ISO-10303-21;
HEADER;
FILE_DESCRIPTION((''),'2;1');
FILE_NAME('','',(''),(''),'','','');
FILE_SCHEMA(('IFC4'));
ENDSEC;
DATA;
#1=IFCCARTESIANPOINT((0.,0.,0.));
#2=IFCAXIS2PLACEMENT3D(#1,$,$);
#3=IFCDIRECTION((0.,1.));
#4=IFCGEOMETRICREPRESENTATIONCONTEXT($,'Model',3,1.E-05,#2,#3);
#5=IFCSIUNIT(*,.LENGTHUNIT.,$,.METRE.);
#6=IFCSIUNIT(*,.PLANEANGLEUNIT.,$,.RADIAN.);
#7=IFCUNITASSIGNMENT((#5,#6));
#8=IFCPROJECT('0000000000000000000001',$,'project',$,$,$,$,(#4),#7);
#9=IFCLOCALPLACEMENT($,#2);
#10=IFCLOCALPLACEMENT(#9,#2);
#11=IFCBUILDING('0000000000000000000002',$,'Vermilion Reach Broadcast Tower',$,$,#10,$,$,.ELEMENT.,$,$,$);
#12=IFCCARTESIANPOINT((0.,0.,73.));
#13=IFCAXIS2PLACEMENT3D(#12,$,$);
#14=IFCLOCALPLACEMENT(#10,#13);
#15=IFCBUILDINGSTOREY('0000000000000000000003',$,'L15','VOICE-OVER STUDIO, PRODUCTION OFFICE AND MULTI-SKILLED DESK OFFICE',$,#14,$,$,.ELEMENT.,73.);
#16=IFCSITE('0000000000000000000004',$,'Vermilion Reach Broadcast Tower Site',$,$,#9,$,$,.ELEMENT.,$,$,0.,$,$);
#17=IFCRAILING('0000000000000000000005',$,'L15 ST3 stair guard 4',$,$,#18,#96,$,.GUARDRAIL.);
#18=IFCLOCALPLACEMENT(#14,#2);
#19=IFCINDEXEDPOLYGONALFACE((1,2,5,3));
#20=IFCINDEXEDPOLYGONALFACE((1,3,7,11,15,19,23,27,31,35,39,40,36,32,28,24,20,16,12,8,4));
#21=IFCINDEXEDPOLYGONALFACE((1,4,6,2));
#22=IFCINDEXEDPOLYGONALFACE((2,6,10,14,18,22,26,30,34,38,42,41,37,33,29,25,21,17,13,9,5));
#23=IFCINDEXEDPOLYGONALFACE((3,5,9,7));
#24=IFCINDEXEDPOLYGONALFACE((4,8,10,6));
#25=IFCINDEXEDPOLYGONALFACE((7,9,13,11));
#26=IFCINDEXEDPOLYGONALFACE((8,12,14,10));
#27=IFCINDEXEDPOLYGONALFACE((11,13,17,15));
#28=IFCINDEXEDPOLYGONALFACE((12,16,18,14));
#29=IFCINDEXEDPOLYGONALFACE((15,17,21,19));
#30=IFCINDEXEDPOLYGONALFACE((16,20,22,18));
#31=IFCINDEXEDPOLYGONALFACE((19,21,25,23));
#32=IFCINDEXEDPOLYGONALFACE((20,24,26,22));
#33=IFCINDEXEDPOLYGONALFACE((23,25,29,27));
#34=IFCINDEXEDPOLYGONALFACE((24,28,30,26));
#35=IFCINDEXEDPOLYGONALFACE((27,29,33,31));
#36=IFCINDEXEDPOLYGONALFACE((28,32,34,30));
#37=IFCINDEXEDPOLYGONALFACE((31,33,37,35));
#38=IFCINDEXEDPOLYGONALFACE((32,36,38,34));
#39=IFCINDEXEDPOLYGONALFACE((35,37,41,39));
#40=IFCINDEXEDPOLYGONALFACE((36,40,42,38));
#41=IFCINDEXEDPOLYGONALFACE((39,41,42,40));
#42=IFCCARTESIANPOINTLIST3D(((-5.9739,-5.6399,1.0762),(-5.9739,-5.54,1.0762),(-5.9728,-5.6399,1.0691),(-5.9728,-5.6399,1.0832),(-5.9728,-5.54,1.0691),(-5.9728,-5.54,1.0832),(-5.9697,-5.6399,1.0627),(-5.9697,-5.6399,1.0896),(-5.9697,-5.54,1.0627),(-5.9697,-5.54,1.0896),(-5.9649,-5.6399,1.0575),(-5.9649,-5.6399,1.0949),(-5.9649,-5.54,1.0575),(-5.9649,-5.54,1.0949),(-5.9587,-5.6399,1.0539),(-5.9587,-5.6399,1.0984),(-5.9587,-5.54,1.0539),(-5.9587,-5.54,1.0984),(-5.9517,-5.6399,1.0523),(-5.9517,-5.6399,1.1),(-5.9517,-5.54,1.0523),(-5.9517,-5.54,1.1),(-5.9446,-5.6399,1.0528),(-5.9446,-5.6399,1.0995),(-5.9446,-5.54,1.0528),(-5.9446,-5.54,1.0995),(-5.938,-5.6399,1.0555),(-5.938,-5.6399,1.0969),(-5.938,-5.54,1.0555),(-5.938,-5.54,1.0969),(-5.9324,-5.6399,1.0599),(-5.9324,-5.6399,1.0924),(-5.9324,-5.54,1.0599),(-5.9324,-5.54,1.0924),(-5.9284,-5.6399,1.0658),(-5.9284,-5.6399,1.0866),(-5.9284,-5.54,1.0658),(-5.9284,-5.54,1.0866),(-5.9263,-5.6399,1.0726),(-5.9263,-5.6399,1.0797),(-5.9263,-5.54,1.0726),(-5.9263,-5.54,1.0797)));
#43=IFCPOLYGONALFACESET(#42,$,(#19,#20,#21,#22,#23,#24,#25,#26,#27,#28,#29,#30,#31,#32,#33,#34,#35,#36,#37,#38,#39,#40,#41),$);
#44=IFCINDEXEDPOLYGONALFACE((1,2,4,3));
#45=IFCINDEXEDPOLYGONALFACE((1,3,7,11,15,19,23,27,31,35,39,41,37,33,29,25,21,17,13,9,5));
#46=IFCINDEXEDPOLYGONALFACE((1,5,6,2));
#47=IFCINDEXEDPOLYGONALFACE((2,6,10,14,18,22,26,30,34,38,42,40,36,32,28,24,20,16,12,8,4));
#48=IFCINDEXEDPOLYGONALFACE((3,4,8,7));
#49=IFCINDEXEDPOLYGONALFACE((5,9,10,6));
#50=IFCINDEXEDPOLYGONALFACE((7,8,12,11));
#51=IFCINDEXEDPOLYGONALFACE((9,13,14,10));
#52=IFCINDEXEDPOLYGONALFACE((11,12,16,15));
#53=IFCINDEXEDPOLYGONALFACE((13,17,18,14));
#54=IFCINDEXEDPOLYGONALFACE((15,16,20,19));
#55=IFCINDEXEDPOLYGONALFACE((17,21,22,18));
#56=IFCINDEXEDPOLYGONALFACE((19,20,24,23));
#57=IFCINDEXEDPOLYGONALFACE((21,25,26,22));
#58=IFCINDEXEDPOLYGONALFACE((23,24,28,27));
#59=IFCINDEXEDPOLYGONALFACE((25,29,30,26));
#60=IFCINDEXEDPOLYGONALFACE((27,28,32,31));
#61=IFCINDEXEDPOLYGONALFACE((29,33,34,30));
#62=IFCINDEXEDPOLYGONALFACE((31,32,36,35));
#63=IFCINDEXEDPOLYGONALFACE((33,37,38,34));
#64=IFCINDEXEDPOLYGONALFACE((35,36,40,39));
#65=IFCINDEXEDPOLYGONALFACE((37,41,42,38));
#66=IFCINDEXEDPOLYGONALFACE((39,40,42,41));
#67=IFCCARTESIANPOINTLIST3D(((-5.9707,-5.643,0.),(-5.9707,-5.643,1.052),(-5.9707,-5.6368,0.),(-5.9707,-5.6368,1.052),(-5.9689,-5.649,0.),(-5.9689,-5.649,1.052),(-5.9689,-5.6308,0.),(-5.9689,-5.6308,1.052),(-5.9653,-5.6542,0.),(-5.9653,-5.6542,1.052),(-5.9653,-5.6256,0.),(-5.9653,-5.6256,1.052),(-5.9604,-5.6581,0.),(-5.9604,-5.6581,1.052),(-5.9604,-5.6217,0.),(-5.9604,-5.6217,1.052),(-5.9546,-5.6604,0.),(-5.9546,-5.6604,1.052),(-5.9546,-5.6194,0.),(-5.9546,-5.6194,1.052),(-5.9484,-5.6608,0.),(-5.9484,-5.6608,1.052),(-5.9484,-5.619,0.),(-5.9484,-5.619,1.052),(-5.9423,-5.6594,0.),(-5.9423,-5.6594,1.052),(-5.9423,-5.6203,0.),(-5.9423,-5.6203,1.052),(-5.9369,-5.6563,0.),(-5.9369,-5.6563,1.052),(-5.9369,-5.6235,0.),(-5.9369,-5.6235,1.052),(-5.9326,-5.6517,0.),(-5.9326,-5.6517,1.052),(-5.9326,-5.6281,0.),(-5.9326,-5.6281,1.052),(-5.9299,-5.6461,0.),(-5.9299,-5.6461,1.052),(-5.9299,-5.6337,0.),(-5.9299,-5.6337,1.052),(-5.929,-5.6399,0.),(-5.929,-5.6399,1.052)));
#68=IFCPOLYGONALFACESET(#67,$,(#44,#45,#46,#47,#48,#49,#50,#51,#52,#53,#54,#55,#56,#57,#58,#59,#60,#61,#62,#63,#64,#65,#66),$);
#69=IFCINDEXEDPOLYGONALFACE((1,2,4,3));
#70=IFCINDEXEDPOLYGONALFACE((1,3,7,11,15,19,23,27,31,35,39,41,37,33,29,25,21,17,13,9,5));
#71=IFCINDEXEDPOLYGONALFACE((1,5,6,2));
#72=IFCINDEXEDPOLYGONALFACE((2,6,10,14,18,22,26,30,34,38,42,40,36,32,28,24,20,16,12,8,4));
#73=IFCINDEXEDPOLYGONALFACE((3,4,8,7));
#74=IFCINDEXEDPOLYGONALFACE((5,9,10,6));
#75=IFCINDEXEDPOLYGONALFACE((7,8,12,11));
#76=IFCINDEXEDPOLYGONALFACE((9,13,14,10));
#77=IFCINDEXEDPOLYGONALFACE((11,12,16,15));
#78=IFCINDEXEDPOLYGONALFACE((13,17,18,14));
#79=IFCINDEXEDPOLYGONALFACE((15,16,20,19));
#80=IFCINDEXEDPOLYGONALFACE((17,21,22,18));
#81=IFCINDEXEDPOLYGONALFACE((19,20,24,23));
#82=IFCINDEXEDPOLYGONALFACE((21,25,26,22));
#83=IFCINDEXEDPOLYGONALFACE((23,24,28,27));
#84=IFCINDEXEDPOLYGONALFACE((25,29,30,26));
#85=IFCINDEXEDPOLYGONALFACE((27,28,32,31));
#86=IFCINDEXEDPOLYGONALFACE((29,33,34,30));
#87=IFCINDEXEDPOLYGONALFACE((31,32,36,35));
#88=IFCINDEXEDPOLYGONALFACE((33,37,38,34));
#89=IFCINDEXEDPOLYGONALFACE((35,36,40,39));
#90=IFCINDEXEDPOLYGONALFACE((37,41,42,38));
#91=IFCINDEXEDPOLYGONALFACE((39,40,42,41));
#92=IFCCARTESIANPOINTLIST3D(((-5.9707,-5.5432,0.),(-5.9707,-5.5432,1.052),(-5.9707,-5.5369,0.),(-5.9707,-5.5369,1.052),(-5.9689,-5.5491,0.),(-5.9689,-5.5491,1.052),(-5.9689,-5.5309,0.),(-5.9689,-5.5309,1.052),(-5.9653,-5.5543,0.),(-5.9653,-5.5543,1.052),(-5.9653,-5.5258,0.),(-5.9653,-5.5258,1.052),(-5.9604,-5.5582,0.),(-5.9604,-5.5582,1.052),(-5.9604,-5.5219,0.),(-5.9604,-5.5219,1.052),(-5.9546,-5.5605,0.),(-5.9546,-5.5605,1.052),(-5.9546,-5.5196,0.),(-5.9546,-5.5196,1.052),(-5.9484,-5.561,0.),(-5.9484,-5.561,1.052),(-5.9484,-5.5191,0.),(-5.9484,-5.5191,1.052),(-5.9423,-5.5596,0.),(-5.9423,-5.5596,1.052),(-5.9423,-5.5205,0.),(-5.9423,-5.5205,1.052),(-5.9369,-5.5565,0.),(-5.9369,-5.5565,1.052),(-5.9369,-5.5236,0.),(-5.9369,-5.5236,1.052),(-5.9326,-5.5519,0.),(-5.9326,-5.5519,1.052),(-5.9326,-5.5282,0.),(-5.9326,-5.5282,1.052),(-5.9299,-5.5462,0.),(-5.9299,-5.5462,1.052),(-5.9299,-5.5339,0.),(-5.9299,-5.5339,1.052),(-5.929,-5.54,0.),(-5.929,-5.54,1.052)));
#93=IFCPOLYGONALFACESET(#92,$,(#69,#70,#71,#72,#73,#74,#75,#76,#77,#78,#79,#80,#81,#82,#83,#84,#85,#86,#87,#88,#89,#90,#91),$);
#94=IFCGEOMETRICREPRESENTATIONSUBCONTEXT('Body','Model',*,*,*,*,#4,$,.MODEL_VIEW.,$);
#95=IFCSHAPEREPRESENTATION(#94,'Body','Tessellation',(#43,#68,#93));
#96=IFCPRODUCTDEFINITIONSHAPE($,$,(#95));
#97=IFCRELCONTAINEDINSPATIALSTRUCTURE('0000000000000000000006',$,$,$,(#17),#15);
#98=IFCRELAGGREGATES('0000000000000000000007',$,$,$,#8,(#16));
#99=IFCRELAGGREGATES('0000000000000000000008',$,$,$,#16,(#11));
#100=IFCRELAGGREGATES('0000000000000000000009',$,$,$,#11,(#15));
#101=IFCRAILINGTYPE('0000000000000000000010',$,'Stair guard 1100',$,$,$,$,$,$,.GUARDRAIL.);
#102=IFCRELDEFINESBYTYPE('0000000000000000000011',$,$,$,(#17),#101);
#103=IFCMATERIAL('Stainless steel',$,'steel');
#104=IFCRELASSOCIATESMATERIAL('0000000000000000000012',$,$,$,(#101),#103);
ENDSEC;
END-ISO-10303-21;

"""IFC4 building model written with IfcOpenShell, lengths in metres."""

from ifc_helpers import new_model, si_unit, direction, frame, origin, origin_2d, place, context, subcontext, project, spatial, circle, extrude, material, type_object, element, save


model = new_model("IFC4")

# Units and contexts
model_context = context("Model", 3, precision=1e-05, world=origin(), true_north=direction((0.0, 1.0)))
body_context = subcontext(model_context, "Body", "Model", "MODEL_VIEW")
ifc_project = project(units=[si_unit("LENGTHUNIT", "METRE"), si_unit("PLANEANGLEUNIT", "RADIAN")], contexts=[model_context])

# Site, building, storey
site_placement = place(None, origin())
site = spatial("IfcSite", under=ifc_project, at=site_placement, Name="Vermilion Reach Broadcast Tower Site", CompositionType="ELEMENT", RefElevation=0.0)
building_placement = place(site_placement, origin())
building = spatial("IfcBuilding", under=site, at=building_placement, Name="Vermilion Reach Broadcast Tower", CompositionType="ELEMENT")
storey_placement = place(building_placement, frame((0.0, 0.0, 73.0)))
storey = spatial("IfcBuildingStorey", under=building, at=storey_placement, Name="L15", Description="VOICE-OVER STUDIO, PRODUCTION OFFICE AND MULTI-SKILLED DESK OFFICE", CompositionType="ELEMENT", Elevation=73.0)

# Railing
ifc_material_1 = material(Name="Stainless steel", Category="steel")
railing_type_1 = type_object("IfcRailingType", Name="Stair guard 1100", PredefinedType="GUARDRAIL", material=ifc_material_1)
railing_1_placement = place(storey_placement, frame((-5.95, -5.6399, 0.0)))
element("IfcRailing", 1, at=railing_1_placement, inside=storey, type_object=railing_type_1, Name="L15 ST3 stair guard 4", PredefinedType="GUARDRAIL", context=body_context, shape_type="SweptSolid", body=[
    extrude(circle(Radius=0.0239, at=origin_2d()), frame((0.0, 0.0, 1.0762), z_axis=(0.0, 1.0, 0.0), x_axis=(-1.0, 0.0, 0.0)), (0.0, 0.0, 1.0), 0.0999),
    extrude(circle(Radius=0.021, at=origin_2d()), origin(), (0.0, 0.0, 1.0), 1.052),
    extrude(circle(Radius=0.021, at=origin_2d()), frame((0.0, 0.0999, 0.0)), (0.0, 0.0, 1.0), 1.052),
])

save(model, "model.ifc")
